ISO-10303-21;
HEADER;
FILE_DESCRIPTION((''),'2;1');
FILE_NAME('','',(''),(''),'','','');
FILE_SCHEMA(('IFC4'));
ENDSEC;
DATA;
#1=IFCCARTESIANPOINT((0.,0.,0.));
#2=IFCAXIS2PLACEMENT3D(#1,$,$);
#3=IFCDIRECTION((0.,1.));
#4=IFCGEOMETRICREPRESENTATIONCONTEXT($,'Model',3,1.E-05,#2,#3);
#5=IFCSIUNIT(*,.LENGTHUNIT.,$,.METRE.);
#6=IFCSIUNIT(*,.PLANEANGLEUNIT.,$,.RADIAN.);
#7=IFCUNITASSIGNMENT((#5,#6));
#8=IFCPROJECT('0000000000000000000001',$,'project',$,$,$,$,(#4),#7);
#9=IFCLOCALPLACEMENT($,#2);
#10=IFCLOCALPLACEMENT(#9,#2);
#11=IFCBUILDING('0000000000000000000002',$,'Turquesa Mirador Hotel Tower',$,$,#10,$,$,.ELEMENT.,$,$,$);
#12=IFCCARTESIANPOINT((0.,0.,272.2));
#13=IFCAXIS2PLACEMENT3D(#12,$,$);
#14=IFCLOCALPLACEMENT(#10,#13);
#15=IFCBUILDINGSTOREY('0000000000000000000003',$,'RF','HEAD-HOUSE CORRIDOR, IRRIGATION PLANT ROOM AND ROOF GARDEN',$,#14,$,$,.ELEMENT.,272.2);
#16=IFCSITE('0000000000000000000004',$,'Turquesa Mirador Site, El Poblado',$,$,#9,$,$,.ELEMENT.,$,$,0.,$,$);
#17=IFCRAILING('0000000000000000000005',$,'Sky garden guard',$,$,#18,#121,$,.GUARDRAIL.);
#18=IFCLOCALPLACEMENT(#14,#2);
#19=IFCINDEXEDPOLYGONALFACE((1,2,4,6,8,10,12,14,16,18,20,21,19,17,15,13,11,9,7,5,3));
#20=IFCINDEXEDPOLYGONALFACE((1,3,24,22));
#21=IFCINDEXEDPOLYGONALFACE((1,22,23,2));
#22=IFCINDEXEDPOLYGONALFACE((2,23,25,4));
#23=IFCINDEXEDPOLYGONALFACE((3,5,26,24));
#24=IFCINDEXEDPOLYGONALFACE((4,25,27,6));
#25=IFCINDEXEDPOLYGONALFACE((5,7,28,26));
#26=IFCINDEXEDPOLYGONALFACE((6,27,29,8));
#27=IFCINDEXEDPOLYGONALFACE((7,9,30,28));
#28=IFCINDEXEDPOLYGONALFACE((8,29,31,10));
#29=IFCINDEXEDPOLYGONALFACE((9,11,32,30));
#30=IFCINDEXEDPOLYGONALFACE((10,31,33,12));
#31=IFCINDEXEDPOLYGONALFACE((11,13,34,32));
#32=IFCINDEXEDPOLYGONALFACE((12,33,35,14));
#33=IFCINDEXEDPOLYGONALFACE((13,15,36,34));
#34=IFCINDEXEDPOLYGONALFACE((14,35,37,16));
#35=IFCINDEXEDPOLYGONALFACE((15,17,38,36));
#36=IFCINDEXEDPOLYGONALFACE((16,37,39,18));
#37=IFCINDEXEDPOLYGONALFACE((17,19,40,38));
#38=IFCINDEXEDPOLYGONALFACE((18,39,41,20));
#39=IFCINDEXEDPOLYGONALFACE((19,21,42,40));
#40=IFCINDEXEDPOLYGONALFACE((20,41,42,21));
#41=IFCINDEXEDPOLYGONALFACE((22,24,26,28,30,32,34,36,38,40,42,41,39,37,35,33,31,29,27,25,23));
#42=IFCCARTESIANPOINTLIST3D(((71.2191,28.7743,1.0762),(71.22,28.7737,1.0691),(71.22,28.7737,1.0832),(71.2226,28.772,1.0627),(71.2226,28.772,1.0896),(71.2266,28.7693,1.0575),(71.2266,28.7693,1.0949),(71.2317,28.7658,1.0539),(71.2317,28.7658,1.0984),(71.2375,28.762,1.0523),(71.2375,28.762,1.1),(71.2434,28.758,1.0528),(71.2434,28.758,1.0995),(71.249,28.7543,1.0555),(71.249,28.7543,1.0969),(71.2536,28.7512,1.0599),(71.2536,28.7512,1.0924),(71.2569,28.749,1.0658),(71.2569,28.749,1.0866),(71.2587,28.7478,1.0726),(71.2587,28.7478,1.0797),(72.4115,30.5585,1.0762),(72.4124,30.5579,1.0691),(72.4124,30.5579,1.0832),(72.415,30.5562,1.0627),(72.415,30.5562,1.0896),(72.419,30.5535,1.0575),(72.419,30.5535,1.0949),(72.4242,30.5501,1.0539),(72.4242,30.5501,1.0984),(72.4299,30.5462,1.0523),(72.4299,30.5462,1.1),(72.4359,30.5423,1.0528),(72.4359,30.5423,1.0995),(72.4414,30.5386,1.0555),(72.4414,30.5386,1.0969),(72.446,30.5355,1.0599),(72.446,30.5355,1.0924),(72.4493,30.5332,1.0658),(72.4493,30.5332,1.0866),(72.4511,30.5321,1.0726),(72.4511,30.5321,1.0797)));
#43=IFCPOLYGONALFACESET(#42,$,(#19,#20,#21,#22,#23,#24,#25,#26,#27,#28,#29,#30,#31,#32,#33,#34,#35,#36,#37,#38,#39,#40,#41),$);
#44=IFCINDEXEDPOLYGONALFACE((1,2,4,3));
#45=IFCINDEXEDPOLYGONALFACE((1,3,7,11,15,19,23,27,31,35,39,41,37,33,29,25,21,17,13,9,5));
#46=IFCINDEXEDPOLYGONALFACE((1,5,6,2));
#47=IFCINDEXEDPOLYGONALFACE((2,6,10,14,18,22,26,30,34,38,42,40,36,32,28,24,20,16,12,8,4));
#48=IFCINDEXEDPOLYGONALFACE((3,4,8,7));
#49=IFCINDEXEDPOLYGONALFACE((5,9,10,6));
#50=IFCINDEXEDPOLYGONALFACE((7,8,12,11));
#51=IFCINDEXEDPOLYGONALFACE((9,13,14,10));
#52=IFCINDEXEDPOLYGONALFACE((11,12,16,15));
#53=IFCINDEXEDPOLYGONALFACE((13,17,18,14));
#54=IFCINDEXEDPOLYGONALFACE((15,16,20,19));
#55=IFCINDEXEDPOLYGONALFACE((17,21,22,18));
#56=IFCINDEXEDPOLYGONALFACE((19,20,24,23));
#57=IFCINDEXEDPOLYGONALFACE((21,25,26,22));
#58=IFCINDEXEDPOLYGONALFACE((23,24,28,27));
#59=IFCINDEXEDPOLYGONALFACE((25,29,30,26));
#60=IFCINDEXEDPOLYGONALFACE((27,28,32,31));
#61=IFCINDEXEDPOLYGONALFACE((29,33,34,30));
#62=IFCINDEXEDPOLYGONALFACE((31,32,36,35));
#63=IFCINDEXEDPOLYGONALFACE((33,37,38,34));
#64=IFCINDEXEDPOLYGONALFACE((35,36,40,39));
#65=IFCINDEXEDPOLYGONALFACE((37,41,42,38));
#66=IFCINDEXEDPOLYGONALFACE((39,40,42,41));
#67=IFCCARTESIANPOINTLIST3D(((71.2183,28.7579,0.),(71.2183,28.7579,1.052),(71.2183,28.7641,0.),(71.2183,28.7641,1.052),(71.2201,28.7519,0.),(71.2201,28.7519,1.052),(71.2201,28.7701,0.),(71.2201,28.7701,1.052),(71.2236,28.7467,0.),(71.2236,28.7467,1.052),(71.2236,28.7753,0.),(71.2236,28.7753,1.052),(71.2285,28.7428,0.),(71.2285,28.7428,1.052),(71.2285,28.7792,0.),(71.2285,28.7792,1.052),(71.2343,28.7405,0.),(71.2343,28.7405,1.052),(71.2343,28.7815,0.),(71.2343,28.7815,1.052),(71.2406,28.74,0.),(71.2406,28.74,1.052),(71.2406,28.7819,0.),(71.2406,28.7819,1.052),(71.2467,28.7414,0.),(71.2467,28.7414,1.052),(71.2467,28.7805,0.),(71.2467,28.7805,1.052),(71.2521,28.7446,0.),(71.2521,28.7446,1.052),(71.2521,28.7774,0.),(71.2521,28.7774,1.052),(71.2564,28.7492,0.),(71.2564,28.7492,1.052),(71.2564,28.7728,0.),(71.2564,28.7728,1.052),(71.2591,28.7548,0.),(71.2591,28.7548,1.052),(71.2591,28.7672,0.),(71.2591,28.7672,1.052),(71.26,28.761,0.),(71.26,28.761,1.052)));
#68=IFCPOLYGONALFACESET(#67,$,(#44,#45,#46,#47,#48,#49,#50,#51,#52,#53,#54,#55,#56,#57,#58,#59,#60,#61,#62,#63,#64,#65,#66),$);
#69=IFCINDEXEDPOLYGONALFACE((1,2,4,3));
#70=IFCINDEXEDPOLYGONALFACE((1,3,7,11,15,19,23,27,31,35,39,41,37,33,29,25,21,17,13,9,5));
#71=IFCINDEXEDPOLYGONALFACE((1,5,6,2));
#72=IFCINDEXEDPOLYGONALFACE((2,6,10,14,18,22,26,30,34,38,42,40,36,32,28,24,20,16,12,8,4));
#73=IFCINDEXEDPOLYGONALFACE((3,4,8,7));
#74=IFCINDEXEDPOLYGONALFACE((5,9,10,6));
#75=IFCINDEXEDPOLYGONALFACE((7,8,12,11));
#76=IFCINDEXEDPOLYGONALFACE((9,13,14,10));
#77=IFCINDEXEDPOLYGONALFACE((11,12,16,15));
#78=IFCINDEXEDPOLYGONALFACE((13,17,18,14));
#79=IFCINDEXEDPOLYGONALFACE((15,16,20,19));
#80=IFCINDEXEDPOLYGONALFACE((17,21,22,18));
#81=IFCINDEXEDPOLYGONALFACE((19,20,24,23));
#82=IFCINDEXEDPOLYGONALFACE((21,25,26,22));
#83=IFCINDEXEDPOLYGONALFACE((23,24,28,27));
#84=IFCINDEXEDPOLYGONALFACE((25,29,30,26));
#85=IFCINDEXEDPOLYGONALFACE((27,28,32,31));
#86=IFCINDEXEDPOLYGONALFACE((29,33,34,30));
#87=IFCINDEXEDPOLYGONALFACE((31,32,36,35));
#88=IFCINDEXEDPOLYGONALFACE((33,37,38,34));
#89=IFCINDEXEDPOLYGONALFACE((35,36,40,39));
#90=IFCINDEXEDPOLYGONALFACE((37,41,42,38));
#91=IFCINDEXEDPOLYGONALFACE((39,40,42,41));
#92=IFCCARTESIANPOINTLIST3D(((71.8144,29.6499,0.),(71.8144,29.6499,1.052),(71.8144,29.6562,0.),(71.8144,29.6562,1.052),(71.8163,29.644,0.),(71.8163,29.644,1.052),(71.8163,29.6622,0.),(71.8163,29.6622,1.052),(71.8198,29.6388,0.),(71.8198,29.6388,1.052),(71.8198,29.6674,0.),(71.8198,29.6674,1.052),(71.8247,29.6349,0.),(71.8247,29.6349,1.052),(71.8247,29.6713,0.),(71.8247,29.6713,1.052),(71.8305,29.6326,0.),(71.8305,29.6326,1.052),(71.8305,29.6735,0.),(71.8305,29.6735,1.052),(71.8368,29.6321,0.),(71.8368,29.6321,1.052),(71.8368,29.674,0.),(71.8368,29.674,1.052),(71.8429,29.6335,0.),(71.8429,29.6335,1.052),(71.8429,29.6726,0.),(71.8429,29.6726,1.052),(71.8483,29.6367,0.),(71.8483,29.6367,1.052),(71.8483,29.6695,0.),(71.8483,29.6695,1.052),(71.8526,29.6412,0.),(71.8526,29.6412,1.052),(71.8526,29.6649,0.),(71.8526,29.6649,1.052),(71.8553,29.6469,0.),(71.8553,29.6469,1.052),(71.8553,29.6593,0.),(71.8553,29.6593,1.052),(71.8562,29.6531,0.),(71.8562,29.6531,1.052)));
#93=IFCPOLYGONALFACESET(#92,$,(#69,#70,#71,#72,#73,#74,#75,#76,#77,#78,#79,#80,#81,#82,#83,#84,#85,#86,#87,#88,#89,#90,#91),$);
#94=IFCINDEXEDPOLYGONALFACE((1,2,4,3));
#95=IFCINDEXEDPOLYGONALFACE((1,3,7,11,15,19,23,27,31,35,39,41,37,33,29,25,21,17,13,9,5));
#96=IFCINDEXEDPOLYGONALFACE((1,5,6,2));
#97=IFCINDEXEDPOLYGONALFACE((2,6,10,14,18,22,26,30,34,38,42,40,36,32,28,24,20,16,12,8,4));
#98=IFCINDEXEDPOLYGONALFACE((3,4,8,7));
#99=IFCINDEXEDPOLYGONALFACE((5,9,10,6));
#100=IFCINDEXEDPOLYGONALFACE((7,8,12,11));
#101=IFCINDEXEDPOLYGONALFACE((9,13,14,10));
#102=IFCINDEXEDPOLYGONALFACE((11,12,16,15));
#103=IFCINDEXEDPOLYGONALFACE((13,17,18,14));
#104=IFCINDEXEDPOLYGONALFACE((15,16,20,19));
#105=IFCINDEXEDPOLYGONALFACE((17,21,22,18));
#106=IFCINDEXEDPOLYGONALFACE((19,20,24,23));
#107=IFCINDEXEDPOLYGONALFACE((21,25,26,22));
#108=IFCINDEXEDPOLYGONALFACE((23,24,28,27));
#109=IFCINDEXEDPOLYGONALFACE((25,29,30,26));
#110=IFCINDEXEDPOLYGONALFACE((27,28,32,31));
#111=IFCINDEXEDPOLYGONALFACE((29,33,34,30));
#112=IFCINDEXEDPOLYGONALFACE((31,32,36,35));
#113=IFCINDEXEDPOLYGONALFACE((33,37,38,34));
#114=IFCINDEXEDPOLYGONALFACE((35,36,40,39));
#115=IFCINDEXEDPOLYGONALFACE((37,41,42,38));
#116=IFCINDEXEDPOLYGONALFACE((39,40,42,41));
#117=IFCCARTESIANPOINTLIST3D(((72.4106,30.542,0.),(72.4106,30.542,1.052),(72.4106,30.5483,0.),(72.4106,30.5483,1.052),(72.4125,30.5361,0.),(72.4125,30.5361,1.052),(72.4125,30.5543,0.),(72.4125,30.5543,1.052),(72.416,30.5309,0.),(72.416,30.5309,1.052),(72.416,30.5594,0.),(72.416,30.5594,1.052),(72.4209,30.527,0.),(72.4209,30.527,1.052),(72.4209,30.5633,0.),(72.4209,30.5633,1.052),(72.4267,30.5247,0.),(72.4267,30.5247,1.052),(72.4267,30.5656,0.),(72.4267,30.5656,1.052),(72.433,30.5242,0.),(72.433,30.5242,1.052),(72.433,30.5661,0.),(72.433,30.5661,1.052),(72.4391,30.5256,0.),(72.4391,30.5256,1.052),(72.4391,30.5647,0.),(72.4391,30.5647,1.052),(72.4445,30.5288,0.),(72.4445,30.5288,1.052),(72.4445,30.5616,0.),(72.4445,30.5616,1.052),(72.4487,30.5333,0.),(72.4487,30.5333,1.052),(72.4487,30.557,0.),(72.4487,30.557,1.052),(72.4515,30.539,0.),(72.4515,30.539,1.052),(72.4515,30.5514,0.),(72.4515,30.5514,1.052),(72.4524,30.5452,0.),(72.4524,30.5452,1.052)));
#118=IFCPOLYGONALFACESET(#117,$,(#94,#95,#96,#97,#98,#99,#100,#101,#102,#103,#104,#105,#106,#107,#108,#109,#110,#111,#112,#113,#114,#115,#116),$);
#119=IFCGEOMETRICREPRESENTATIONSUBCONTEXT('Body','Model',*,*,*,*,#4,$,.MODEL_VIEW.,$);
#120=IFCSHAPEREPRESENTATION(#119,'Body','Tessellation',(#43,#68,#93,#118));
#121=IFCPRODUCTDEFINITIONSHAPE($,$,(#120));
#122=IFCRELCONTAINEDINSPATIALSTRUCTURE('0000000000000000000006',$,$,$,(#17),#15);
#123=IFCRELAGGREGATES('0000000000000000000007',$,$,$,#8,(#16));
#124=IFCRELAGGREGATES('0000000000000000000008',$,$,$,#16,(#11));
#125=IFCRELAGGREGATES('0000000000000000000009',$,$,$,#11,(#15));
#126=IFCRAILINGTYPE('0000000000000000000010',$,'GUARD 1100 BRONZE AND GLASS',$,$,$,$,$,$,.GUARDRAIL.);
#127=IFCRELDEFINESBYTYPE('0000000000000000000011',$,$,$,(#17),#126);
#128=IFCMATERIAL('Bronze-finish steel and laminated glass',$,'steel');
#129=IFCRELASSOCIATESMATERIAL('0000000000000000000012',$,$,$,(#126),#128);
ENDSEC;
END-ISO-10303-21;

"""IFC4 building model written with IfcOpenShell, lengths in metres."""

from ifc_helpers import new_model, si_unit, direction, frame, origin, origin_2d, place, context, subcontext, project, spatial, circle, extrude, material, type_object, element, save


model = new_model("IFC4")

# Units and contexts
model_context = context("Model", 3, precision=1e-05, world=origin(), true_north=direction((0.0, 1.0)))
body_context = subcontext(model_context, "Body", "Model", "MODEL_VIEW")
ifc_project = project(units=[si_unit("LENGTHUNIT", "METRE"), si_unit("PLANEANGLEUNIT", "RADIAN")], contexts=[model_context])

# Site, building, storey
site_placement = place(None, origin())
site = spatial("IfcSite", under=ifc_project, at=site_placement, Name="Turquesa Mirador Site, El Poblado", CompositionType="ELEMENT", RefElevation=0.0)
building_placement = place(site_placement, origin())
building = spatial("IfcBuilding", under=site, at=building_placement, Name="Turquesa Mirador Hotel Tower", CompositionType="ELEMENT")
storey_placement = place(building_placement, frame((0.0, 0.0, 272.2)))
storey = spatial("IfcBuildingStorey", under=building, at=storey_placement, Name="RF", Description="HEAD-HOUSE CORRIDOR, IRRIGATION PLANT ROOM AND ROOF GARDEN", CompositionType="ELEMENT", Elevation=272.2)

# Railing
ifc_material_1 = material(Name="Bronze-finish steel and laminated glass", Category="steel")
railing_type = type_object("IfcRailingType", Name="GUARD 1100 BRONZE AND GLASS", PredefinedType="GUARDRAIL", material=ifc_material_1)
railing_1_placement = place(storey_placement, frame((71.239, 28.761, 0.0)))
element("IfcRailing", 1, at=railing_1_placement, inside=storey, type_object=railing_type, Name="Sky garden guard", PredefinedType="GUARDRAIL", context=body_context, shape_type="SweptSolid", body=[
    extrude(circle(Radius=0.0239, at=origin_2d()), frame((0.0, 0.0, 1.0762), z_axis=(0.555645, 0.83142, 0.0), x_axis=(-0.83142, 0.555645, 0.0)), (0.0, 0.0, 1.0), 2.146),
    extrude(circle(Radius=0.021, at=origin_2d()), origin(), (0.0, 0.0, 1.0), 1.052),
    extrude(circle(Radius=0.021, at=origin_2d()), frame((0.5962, 0.8921, 0.0)), (0.0, 0.0, 1.0), 1.052),
    extrude(circle(Radius=0.021, at=origin_2d()), frame((1.1924, 1.7842, 0.0)), (0.0, 0.0, 1.0), 1.052),
])

save(model, "model.ifc")
